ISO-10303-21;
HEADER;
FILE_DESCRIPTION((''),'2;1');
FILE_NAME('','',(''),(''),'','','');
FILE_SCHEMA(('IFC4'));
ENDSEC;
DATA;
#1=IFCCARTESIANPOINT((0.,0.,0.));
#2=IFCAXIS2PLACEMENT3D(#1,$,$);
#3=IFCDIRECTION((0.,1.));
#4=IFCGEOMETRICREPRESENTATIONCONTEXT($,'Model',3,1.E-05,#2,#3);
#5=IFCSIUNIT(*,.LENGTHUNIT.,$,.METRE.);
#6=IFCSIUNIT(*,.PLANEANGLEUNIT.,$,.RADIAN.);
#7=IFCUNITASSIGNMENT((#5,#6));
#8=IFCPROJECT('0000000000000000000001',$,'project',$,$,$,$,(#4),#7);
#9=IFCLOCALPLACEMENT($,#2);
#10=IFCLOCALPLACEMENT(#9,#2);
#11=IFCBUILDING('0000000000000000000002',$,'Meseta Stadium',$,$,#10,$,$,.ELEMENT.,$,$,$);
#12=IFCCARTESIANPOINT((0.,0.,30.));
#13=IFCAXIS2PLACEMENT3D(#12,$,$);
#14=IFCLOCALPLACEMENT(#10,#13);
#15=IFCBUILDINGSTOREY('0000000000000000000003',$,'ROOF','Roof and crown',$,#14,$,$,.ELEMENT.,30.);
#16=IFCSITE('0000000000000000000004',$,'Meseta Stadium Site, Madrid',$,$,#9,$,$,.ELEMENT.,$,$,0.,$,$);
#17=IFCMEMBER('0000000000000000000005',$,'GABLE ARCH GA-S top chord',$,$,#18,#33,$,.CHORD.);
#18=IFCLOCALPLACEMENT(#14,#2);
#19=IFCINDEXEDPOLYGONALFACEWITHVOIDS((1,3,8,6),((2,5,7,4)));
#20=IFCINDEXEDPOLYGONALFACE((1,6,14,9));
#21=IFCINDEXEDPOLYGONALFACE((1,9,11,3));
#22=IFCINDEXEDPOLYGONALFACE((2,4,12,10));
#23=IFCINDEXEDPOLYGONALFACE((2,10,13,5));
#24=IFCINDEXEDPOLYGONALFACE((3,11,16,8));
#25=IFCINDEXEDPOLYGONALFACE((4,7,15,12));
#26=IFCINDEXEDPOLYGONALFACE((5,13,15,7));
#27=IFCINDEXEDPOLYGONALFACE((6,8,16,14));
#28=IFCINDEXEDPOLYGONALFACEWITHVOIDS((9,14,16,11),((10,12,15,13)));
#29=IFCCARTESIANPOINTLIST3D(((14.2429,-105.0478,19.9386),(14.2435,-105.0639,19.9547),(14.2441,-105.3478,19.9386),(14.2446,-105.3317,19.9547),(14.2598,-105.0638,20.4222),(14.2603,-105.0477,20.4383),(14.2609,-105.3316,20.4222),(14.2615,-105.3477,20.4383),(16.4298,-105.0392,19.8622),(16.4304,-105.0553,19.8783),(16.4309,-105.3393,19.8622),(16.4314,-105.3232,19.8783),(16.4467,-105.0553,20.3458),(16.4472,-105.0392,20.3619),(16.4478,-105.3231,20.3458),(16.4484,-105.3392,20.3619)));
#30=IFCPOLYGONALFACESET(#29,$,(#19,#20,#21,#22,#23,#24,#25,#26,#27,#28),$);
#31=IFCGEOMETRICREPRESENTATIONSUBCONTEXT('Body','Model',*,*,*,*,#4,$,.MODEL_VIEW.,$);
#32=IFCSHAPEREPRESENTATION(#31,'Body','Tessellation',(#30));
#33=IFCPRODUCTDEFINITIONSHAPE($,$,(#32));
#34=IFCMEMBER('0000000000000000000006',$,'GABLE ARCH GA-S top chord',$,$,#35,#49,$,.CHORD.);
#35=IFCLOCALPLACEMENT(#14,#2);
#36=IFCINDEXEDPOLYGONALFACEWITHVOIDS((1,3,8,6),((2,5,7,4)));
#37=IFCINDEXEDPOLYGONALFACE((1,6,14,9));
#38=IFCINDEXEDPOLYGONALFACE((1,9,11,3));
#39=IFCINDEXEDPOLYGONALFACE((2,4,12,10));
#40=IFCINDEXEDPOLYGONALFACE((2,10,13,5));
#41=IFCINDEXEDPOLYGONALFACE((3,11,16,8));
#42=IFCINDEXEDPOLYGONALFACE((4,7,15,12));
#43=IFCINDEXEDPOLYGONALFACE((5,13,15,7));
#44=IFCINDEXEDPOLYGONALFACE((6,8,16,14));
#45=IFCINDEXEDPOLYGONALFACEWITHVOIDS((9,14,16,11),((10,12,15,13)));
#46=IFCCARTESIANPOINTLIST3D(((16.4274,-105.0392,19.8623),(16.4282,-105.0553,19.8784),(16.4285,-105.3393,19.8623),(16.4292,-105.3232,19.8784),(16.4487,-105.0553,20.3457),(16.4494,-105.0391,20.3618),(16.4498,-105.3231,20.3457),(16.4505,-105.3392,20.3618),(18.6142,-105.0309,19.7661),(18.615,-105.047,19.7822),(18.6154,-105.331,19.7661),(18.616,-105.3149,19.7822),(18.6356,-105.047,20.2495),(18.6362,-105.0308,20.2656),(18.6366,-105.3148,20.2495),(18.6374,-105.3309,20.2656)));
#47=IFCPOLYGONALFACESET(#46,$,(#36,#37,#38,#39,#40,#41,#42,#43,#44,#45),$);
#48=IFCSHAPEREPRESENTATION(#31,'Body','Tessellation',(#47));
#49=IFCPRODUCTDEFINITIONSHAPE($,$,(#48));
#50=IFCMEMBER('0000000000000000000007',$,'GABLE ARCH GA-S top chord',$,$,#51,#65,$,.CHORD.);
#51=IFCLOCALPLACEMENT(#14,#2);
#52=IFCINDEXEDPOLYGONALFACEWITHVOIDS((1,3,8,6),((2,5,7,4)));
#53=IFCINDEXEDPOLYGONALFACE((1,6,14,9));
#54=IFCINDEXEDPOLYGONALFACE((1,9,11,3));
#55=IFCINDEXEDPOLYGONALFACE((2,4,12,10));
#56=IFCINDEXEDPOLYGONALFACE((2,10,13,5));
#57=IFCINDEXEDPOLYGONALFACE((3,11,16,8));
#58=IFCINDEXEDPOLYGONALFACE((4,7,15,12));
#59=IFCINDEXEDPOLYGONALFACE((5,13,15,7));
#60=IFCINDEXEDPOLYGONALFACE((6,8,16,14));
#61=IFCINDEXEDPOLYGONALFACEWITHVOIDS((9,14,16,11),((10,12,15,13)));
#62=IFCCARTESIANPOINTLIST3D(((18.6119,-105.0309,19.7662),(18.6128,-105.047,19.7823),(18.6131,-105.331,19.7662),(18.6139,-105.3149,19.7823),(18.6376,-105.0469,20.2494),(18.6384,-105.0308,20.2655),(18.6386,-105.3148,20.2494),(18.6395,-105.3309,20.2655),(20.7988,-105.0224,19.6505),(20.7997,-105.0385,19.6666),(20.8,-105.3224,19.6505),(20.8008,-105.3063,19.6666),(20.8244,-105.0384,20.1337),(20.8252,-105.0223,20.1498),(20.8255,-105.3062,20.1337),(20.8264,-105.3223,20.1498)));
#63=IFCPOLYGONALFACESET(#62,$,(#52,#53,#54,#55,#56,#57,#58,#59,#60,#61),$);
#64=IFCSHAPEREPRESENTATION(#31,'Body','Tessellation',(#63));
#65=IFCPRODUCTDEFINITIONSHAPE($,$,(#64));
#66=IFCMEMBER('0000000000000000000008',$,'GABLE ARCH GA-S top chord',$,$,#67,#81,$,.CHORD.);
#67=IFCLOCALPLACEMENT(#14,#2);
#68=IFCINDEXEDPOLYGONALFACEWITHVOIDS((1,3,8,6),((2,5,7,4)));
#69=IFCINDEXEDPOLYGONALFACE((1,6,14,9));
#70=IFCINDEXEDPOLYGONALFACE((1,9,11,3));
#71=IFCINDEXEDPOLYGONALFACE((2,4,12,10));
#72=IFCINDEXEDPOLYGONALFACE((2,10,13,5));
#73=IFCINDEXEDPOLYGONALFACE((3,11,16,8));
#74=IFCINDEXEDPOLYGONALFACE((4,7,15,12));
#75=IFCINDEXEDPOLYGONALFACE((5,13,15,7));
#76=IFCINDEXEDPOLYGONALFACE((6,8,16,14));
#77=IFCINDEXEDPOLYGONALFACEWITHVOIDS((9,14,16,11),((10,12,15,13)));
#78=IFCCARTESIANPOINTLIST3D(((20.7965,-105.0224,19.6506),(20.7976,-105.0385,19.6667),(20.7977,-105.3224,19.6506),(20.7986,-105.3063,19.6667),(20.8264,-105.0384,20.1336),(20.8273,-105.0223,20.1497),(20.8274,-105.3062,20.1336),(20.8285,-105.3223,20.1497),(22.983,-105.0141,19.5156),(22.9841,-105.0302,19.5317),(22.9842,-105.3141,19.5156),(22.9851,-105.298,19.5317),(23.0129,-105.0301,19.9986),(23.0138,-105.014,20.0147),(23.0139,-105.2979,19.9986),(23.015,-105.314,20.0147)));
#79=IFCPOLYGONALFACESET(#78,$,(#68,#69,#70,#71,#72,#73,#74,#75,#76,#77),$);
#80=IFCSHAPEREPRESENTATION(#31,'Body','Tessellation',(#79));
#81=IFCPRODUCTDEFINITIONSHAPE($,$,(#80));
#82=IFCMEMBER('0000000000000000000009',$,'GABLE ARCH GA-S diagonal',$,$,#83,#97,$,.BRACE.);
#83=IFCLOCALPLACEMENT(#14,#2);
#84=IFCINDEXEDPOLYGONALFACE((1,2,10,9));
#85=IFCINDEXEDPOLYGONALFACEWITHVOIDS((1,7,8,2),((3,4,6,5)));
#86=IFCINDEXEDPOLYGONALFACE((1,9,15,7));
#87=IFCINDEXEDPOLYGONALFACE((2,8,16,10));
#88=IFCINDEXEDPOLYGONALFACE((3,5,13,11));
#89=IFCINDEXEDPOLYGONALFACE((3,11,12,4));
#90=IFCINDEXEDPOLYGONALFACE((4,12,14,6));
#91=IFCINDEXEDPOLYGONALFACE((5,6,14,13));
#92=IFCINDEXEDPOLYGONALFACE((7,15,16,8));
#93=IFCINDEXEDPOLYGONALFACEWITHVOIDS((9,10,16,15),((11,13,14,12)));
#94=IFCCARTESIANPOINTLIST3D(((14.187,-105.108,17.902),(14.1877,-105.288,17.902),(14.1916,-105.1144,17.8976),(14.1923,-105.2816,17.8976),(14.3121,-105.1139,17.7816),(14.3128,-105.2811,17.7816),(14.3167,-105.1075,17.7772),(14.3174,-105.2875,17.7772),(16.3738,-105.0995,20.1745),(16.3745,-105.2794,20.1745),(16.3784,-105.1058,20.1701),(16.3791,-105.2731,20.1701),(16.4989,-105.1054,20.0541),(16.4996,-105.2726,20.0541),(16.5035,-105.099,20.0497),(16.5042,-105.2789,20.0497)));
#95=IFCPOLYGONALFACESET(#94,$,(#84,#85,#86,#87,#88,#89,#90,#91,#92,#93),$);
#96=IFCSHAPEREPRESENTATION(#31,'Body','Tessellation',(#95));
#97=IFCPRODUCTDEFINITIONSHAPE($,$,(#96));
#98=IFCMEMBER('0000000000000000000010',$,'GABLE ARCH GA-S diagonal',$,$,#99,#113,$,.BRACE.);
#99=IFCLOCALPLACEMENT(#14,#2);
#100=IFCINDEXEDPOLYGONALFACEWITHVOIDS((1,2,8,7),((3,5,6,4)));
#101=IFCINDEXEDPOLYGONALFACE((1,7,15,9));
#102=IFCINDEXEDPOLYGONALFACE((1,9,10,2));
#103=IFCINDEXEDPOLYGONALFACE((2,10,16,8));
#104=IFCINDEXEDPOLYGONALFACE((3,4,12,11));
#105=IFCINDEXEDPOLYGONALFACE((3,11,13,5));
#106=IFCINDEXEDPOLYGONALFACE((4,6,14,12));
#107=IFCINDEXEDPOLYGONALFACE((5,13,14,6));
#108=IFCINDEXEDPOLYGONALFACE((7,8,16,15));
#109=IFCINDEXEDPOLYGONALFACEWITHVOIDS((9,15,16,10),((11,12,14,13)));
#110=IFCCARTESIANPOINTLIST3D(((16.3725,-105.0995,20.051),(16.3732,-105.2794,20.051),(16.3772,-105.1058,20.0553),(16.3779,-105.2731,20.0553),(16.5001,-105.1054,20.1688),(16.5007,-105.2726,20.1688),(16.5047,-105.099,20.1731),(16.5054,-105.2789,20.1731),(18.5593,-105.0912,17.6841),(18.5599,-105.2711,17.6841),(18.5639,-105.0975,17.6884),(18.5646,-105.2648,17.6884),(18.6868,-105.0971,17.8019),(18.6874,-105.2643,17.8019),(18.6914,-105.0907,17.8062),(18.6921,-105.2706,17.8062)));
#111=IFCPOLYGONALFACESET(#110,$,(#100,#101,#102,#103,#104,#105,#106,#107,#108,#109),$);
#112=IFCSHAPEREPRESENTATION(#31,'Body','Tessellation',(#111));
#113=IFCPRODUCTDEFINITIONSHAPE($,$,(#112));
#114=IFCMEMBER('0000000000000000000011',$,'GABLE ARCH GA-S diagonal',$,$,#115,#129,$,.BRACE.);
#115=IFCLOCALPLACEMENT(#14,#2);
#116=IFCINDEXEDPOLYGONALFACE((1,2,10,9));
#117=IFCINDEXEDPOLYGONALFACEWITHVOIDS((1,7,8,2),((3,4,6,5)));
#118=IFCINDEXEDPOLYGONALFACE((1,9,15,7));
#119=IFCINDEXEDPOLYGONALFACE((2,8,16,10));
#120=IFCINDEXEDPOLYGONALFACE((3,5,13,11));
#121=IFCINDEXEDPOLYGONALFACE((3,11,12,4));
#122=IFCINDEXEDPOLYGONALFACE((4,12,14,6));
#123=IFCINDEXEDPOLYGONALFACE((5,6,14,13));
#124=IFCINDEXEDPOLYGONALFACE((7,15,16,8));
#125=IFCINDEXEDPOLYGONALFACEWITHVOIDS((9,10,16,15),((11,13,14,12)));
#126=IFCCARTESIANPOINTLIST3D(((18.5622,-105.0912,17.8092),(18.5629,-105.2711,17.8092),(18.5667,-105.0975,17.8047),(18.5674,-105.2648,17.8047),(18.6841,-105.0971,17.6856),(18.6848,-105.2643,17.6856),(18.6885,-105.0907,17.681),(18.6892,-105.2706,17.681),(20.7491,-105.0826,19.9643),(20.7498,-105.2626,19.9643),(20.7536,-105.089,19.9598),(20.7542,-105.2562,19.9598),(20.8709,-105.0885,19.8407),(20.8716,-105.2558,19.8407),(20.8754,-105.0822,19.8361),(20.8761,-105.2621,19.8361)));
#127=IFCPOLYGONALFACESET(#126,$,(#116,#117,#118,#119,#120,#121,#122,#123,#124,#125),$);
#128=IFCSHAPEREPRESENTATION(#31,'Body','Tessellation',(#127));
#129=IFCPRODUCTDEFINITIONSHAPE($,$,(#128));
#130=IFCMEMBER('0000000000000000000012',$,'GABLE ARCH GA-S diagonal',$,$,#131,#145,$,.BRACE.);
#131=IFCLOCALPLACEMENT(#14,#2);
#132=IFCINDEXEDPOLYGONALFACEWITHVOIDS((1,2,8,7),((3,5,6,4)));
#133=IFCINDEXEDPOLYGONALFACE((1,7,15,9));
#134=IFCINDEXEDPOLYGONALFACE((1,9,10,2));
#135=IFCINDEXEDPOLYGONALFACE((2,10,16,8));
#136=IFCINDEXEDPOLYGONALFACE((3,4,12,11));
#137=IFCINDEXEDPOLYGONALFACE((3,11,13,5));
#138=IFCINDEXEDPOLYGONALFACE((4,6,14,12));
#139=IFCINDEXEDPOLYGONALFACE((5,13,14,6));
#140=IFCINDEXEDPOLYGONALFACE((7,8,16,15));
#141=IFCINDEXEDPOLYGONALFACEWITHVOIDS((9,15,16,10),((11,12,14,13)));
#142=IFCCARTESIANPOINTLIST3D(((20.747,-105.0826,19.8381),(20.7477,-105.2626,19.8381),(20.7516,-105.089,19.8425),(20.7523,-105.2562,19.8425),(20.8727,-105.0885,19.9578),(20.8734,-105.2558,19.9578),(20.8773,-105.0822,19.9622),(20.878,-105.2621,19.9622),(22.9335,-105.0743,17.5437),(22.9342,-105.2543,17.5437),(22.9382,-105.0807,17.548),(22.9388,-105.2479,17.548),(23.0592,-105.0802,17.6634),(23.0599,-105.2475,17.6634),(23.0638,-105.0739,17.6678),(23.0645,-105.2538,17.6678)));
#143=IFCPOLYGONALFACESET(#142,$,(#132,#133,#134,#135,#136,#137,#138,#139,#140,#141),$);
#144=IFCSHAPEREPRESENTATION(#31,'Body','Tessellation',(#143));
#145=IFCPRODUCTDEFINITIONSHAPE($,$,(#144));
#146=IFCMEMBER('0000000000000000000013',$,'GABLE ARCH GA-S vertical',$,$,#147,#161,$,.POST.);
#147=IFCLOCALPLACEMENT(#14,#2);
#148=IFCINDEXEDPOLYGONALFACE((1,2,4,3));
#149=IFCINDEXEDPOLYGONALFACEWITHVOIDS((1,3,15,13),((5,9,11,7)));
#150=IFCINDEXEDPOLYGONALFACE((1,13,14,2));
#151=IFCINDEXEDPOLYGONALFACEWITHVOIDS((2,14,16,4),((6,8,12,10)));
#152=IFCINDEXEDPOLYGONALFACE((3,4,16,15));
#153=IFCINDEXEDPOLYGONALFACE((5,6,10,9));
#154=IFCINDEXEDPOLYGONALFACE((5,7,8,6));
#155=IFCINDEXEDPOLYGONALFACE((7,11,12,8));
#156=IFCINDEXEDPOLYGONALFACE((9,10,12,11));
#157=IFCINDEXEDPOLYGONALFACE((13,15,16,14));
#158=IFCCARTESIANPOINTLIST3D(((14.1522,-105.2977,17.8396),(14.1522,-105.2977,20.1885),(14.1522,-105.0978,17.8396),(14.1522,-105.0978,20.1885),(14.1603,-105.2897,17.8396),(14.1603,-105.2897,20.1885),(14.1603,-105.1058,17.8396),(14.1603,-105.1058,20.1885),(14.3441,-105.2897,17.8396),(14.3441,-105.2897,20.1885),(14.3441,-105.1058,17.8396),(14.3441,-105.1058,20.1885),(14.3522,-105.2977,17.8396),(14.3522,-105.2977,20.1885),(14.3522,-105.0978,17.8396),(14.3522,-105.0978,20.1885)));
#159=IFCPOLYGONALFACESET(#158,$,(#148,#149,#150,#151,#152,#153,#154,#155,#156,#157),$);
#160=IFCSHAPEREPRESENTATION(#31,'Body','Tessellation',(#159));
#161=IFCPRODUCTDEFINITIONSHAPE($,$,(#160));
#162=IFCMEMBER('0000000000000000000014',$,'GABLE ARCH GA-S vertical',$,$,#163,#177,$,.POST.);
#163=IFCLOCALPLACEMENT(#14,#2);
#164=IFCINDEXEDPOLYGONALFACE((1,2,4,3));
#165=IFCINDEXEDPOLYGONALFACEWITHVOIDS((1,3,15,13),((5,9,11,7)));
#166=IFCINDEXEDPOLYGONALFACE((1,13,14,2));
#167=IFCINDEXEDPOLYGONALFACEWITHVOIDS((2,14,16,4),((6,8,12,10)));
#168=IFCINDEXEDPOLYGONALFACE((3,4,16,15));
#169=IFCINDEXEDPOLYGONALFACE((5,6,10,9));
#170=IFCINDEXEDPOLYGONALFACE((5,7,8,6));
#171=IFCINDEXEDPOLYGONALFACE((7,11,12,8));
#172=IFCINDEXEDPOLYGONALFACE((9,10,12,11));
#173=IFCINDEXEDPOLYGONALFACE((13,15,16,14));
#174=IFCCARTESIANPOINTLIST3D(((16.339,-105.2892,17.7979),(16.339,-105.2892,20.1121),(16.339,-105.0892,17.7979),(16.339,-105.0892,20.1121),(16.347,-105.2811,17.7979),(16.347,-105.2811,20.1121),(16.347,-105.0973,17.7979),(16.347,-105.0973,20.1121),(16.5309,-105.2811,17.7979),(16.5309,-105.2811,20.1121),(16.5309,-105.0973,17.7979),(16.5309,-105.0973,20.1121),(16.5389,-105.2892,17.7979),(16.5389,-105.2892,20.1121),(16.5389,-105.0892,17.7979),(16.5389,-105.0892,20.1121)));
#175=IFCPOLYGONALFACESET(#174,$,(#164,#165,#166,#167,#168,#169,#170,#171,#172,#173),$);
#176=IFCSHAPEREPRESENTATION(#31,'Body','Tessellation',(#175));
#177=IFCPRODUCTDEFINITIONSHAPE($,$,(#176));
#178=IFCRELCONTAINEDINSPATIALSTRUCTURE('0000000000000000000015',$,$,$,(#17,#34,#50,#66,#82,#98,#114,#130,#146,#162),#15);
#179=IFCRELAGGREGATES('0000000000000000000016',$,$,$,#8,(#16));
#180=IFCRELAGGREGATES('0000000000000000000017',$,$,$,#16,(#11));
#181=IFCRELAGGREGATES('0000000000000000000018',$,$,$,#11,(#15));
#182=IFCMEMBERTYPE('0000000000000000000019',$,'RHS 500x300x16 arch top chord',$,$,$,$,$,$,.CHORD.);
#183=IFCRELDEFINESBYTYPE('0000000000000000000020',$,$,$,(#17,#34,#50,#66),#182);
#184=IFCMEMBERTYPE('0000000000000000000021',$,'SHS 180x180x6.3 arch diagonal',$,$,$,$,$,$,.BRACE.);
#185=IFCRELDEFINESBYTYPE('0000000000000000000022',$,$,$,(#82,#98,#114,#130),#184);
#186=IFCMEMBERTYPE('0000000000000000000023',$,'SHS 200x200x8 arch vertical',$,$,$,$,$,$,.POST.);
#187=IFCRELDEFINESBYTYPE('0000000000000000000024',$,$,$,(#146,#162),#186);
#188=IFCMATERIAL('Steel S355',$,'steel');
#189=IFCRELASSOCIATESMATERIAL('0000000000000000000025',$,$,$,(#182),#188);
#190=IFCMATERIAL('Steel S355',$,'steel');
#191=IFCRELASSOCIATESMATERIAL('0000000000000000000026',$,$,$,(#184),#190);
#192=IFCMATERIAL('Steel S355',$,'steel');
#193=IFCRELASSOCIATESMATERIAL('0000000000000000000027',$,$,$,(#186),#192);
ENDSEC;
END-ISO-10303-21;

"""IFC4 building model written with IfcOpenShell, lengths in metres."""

from ifc_helpers import new_model, si_unit, direction, frame, origin, origin_2d, place, context, subcontext, project, spatial, hollow_rectangle, extrude, material, material_profile, profile_set, type_object, element, save


model = new_model("IFC4")

# Units and contexts
model_context = context("Model", 3, precision=1e-05, world=origin(), true_north=direction((0.0, 1.0)))
body_context = subcontext(model_context, "Body", "Model", "MODEL_VIEW")
ifc_project = project(units=[si_unit("LENGTHUNIT", "METRE"), si_unit("PLANEANGLEUNIT", "RADIAN")], contexts=[model_context])

# Site, building, storey
site_placement = place(None, origin())
site = spatial("IfcSite", under=ifc_project, at=site_placement, Name="Meseta Stadium Site, Madrid", CompositionType="ELEMENT", RefElevation=0.0)
building_placement = place(site_placement, origin())
building = spatial("IfcBuilding", under=site, at=building_placement, Name="Meseta Stadium", CompositionType="ELEMENT")
storey_placement = place(building_placement, frame((0.0, 0.0, 30.0)))
storey = spatial("IfcBuildingStorey", under=building, at=storey_placement, Name="ROOF", Description="Roof and crown", CompositionType="ELEMENT", Elevation=30.0)

# Members
ifc_material_1 = material(Name="Steel S355", Category="steel")
ifc_material_profile_1 = material_profile(ifc_material_1, hollow_rectangle(XDim=0.3, YDim=0.5, WallThickness=0.0161, at=origin_2d()), Name="RHS 500x300x16")
ifc_profile_set_1 = profile_set([ifc_material_profile_1], Name="Steel S355")
member_type_1 = type_object("IfcMemberType", Name="RHS 500x300x16 arch top chord", PredefinedType="CHORD", material=ifc_profile_set_1)
member_1_placement = place(storey_placement, frame((14.2522, -105.1978, 20.1885), z_axis=(0.999382, 0.003905, -0.034923), x_axis=(-0.003908, 0.999992, 0.0)))
element("IfcMember", 1, at=member_1_placement, inside=storey, type_object=member_type_1, Name="GABLE ARCH GA-S top chord", PredefinedType="CHORD", context=body_context, shape_type="SweptSolid", body=[
    extrude(hollow_rectangle(XDim=0.3, YDim=0.5, WallThickness=0.0161, at=origin_2d()), origin(), (0.0, 0.0, 1.0), 2.1882),
])
member_2_placement = place(storey_placement, frame((16.439, -105.1892, 20.1121), z_axis=(0.999027, 0.003792, -0.043945), x_axis=(-0.003796, 0.999993, 0.0)))
element("IfcMember", 2, at=member_2_placement, inside=storey, type_object=member_type_1, Name="GABLE ARCH GA-S top chord", PredefinedType="CHORD", context=body_context, shape_type="SweptSolid", body=[
    extrude(hollow_rectangle(XDim=0.3, YDim=0.5, WallThickness=0.0161, at=origin_2d()), origin(), (0.0, 0.0, 1.0), 2.189),
])
member_3_placement = place(storey_placement, frame((18.6257, -105.1809, 20.0159), z_axis=(0.998595, 0.003902, -0.052845), x_axis=(-0.003908, 0.999992, 0.0)))
element("IfcMember", 3, at=member_3_placement, inside=storey, type_object=member_type_1, Name="GABLE ARCH GA-S top chord", PredefinedType="CHORD", context=body_context, shape_type="SweptSolid", body=[
    extrude(hollow_rectangle(XDim=0.3, YDim=0.5, WallThickness=0.0161, at=origin_2d()), origin(), (0.0, 0.0, 1.0), 2.1899),
])
member_4_placement = place(storey_placement, frame((20.8125, -105.1724, 19.9001), z_axis=(0.998092, 0.003789, -0.061629), x_axis=(-0.003796, 0.999993, 0.0)))
element("IfcMember", 4, at=member_4_placement, inside=storey, type_object=member_type_1, Name="GABLE ARCH GA-S top chord", PredefinedType="CHORD", context=body_context, shape_type="SweptSolid", body=[
    extrude(hollow_rectangle(XDim=0.3, YDim=0.5, WallThickness=0.0161, at=origin_2d()), origin(), (0.0, 0.0, 1.0), 2.1907),
])
ifc_material_2 = material(Name="Steel S355", Category="steel")
ifc_material_profile_2 = material_profile(ifc_material_2, hollow_rectangle(XDim=0.1799, YDim=0.1799, WallThickness=0.0063, at=origin_2d()), Name="SHS 180x180x6.3")
ifc_profile_set_2 = profile_set([ifc_material_profile_2], Name="Steel S355")
member_type_2 = type_object("IfcMemberType", Name="SHS 180x180x6.3 arch diagonal", PredefinedType="BRACE", material=ifc_profile_set_2)
member_5_placement = place(storey_placement, frame((14.2522, -105.1978, 17.8396), z_axis=(0.693388, 0.002709, 0.72056), x_axis=(-0.003908, 0.999992, 0.0)))
element("IfcMember", 5, at=member_5_placement, inside=storey, type_object=member_type_2, Name="GABLE ARCH GA-S diagonal", PredefinedType="BRACE", context=body_context, shape_type="SweptSolid", body=[
    extrude(hollow_rectangle(XDim=0.1799, YDim=0.1799, WallThickness=0.0063, at=origin_2d()), origin(), (0.0, 0.0, 1.0), 3.1538),
])
member_6_placement = place(storey_placement, frame((16.439, -105.1892, 20.1121), z_axis=(0.678596, 0.002576, -0.734508), x_axis=(-0.003796, 0.999993, 0.0)))
element("IfcMember", 6, at=member_6_placement, inside=storey, type_object=member_type_2, Name="GABLE ARCH GA-S diagonal", PredefinedType="BRACE", context=body_context, shape_type="SweptSolid", body=[
    extrude(hollow_rectangle(XDim=0.1799, YDim=0.1799, WallThickness=0.0063, at=origin_2d()), origin(), (0.0, 0.0, 1.0), 3.2224),
])
member_7_placement = place(storey_placement, frame((18.6257, -105.1809, 17.7451), z_axis=(0.712254, 0.002783, 0.701916), x_axis=(-0.003908, 0.999992, 0.0)))
element("IfcMember", 7, at=member_7_placement, inside=storey, type_object=member_type_2, Name="GABLE ARCH GA-S diagonal", PredefinedType="BRACE", context=body_context, shape_type="SweptSolid", body=[
    extrude(hollow_rectangle(XDim=0.1799, YDim=0.1799, WallThickness=0.0063, at=origin_2d()), origin(), (0.0, 0.0, 1.0), 3.0703),
])
member_8_placement = place(storey_placement, frame((20.8125, -105.1724, 19.9001), z_axis=(0.689876, 0.002619, -0.723923), x_axis=(-0.003796, 0.999993, 0.0)))
element("IfcMember", 8, at=member_8_placement, inside=storey, type_object=member_type_2, Name="GABLE ARCH GA-S diagonal", PredefinedType="BRACE", context=body_context, shape_type="SweptSolid", body=[
    extrude(hollow_rectangle(XDim=0.1799, YDim=0.1799, WallThickness=0.0063, at=origin_2d()), origin(), (0.0, 0.0, 1.0), 3.1694),
])
ifc_material_3 = material(Name="Steel S355", Category="steel")
ifc_material_profile_3 = material_profile(ifc_material_3, hollow_rectangle(XDim=0.2, YDim=0.2, WallThickness=0.0081, at=origin_2d()), Name="SHS 200x200x8")
ifc_profile_set_3 = profile_set([ifc_material_profile_3], Name="Steel S355")
member_type_3 = type_object("IfcMemberType", Name="SHS 200x200x8 arch vertical", PredefinedType="POST", material=ifc_profile_set_3)
member_9_placement = place(storey_placement, frame((14.2522, -105.1978, 17.8396), z_axis=(0.0, 0.0, 1.0), x_axis=(1.0, 0.0, 0.0)))
element("IfcMember", 9, at=member_9_placement, inside=storey, type_object=member_type_3, Name="GABLE ARCH GA-S vertical", PredefinedType="POST", context=body_context, shape_type="SweptSolid", body=[
    extrude(hollow_rectangle(XDim=0.2, YDim=0.2, WallThickness=0.0081, at=origin_2d()), origin(), (0.0, 0.0, 1.0), 2.3489),
])
member_10_placement = place(storey_placement, frame((16.439, -105.1892, 17.7979), z_axis=(0.0, 0.0, 1.0), x_axis=(1.0, 0.0, 0.0)))
element("IfcMember", 10, at=member_10_placement, inside=storey, type_object=member_type_3, Name="GABLE ARCH GA-S vertical", PredefinedType="POST", context=body_context, shape_type="SweptSolid", body=[
    extrude(hollow_rectangle(XDim=0.2, YDim=0.2, WallThickness=0.0081, at=origin_2d()), origin(), (0.0, 0.0, 1.0), 2.3142),
])

save(model, "model.ifc")
